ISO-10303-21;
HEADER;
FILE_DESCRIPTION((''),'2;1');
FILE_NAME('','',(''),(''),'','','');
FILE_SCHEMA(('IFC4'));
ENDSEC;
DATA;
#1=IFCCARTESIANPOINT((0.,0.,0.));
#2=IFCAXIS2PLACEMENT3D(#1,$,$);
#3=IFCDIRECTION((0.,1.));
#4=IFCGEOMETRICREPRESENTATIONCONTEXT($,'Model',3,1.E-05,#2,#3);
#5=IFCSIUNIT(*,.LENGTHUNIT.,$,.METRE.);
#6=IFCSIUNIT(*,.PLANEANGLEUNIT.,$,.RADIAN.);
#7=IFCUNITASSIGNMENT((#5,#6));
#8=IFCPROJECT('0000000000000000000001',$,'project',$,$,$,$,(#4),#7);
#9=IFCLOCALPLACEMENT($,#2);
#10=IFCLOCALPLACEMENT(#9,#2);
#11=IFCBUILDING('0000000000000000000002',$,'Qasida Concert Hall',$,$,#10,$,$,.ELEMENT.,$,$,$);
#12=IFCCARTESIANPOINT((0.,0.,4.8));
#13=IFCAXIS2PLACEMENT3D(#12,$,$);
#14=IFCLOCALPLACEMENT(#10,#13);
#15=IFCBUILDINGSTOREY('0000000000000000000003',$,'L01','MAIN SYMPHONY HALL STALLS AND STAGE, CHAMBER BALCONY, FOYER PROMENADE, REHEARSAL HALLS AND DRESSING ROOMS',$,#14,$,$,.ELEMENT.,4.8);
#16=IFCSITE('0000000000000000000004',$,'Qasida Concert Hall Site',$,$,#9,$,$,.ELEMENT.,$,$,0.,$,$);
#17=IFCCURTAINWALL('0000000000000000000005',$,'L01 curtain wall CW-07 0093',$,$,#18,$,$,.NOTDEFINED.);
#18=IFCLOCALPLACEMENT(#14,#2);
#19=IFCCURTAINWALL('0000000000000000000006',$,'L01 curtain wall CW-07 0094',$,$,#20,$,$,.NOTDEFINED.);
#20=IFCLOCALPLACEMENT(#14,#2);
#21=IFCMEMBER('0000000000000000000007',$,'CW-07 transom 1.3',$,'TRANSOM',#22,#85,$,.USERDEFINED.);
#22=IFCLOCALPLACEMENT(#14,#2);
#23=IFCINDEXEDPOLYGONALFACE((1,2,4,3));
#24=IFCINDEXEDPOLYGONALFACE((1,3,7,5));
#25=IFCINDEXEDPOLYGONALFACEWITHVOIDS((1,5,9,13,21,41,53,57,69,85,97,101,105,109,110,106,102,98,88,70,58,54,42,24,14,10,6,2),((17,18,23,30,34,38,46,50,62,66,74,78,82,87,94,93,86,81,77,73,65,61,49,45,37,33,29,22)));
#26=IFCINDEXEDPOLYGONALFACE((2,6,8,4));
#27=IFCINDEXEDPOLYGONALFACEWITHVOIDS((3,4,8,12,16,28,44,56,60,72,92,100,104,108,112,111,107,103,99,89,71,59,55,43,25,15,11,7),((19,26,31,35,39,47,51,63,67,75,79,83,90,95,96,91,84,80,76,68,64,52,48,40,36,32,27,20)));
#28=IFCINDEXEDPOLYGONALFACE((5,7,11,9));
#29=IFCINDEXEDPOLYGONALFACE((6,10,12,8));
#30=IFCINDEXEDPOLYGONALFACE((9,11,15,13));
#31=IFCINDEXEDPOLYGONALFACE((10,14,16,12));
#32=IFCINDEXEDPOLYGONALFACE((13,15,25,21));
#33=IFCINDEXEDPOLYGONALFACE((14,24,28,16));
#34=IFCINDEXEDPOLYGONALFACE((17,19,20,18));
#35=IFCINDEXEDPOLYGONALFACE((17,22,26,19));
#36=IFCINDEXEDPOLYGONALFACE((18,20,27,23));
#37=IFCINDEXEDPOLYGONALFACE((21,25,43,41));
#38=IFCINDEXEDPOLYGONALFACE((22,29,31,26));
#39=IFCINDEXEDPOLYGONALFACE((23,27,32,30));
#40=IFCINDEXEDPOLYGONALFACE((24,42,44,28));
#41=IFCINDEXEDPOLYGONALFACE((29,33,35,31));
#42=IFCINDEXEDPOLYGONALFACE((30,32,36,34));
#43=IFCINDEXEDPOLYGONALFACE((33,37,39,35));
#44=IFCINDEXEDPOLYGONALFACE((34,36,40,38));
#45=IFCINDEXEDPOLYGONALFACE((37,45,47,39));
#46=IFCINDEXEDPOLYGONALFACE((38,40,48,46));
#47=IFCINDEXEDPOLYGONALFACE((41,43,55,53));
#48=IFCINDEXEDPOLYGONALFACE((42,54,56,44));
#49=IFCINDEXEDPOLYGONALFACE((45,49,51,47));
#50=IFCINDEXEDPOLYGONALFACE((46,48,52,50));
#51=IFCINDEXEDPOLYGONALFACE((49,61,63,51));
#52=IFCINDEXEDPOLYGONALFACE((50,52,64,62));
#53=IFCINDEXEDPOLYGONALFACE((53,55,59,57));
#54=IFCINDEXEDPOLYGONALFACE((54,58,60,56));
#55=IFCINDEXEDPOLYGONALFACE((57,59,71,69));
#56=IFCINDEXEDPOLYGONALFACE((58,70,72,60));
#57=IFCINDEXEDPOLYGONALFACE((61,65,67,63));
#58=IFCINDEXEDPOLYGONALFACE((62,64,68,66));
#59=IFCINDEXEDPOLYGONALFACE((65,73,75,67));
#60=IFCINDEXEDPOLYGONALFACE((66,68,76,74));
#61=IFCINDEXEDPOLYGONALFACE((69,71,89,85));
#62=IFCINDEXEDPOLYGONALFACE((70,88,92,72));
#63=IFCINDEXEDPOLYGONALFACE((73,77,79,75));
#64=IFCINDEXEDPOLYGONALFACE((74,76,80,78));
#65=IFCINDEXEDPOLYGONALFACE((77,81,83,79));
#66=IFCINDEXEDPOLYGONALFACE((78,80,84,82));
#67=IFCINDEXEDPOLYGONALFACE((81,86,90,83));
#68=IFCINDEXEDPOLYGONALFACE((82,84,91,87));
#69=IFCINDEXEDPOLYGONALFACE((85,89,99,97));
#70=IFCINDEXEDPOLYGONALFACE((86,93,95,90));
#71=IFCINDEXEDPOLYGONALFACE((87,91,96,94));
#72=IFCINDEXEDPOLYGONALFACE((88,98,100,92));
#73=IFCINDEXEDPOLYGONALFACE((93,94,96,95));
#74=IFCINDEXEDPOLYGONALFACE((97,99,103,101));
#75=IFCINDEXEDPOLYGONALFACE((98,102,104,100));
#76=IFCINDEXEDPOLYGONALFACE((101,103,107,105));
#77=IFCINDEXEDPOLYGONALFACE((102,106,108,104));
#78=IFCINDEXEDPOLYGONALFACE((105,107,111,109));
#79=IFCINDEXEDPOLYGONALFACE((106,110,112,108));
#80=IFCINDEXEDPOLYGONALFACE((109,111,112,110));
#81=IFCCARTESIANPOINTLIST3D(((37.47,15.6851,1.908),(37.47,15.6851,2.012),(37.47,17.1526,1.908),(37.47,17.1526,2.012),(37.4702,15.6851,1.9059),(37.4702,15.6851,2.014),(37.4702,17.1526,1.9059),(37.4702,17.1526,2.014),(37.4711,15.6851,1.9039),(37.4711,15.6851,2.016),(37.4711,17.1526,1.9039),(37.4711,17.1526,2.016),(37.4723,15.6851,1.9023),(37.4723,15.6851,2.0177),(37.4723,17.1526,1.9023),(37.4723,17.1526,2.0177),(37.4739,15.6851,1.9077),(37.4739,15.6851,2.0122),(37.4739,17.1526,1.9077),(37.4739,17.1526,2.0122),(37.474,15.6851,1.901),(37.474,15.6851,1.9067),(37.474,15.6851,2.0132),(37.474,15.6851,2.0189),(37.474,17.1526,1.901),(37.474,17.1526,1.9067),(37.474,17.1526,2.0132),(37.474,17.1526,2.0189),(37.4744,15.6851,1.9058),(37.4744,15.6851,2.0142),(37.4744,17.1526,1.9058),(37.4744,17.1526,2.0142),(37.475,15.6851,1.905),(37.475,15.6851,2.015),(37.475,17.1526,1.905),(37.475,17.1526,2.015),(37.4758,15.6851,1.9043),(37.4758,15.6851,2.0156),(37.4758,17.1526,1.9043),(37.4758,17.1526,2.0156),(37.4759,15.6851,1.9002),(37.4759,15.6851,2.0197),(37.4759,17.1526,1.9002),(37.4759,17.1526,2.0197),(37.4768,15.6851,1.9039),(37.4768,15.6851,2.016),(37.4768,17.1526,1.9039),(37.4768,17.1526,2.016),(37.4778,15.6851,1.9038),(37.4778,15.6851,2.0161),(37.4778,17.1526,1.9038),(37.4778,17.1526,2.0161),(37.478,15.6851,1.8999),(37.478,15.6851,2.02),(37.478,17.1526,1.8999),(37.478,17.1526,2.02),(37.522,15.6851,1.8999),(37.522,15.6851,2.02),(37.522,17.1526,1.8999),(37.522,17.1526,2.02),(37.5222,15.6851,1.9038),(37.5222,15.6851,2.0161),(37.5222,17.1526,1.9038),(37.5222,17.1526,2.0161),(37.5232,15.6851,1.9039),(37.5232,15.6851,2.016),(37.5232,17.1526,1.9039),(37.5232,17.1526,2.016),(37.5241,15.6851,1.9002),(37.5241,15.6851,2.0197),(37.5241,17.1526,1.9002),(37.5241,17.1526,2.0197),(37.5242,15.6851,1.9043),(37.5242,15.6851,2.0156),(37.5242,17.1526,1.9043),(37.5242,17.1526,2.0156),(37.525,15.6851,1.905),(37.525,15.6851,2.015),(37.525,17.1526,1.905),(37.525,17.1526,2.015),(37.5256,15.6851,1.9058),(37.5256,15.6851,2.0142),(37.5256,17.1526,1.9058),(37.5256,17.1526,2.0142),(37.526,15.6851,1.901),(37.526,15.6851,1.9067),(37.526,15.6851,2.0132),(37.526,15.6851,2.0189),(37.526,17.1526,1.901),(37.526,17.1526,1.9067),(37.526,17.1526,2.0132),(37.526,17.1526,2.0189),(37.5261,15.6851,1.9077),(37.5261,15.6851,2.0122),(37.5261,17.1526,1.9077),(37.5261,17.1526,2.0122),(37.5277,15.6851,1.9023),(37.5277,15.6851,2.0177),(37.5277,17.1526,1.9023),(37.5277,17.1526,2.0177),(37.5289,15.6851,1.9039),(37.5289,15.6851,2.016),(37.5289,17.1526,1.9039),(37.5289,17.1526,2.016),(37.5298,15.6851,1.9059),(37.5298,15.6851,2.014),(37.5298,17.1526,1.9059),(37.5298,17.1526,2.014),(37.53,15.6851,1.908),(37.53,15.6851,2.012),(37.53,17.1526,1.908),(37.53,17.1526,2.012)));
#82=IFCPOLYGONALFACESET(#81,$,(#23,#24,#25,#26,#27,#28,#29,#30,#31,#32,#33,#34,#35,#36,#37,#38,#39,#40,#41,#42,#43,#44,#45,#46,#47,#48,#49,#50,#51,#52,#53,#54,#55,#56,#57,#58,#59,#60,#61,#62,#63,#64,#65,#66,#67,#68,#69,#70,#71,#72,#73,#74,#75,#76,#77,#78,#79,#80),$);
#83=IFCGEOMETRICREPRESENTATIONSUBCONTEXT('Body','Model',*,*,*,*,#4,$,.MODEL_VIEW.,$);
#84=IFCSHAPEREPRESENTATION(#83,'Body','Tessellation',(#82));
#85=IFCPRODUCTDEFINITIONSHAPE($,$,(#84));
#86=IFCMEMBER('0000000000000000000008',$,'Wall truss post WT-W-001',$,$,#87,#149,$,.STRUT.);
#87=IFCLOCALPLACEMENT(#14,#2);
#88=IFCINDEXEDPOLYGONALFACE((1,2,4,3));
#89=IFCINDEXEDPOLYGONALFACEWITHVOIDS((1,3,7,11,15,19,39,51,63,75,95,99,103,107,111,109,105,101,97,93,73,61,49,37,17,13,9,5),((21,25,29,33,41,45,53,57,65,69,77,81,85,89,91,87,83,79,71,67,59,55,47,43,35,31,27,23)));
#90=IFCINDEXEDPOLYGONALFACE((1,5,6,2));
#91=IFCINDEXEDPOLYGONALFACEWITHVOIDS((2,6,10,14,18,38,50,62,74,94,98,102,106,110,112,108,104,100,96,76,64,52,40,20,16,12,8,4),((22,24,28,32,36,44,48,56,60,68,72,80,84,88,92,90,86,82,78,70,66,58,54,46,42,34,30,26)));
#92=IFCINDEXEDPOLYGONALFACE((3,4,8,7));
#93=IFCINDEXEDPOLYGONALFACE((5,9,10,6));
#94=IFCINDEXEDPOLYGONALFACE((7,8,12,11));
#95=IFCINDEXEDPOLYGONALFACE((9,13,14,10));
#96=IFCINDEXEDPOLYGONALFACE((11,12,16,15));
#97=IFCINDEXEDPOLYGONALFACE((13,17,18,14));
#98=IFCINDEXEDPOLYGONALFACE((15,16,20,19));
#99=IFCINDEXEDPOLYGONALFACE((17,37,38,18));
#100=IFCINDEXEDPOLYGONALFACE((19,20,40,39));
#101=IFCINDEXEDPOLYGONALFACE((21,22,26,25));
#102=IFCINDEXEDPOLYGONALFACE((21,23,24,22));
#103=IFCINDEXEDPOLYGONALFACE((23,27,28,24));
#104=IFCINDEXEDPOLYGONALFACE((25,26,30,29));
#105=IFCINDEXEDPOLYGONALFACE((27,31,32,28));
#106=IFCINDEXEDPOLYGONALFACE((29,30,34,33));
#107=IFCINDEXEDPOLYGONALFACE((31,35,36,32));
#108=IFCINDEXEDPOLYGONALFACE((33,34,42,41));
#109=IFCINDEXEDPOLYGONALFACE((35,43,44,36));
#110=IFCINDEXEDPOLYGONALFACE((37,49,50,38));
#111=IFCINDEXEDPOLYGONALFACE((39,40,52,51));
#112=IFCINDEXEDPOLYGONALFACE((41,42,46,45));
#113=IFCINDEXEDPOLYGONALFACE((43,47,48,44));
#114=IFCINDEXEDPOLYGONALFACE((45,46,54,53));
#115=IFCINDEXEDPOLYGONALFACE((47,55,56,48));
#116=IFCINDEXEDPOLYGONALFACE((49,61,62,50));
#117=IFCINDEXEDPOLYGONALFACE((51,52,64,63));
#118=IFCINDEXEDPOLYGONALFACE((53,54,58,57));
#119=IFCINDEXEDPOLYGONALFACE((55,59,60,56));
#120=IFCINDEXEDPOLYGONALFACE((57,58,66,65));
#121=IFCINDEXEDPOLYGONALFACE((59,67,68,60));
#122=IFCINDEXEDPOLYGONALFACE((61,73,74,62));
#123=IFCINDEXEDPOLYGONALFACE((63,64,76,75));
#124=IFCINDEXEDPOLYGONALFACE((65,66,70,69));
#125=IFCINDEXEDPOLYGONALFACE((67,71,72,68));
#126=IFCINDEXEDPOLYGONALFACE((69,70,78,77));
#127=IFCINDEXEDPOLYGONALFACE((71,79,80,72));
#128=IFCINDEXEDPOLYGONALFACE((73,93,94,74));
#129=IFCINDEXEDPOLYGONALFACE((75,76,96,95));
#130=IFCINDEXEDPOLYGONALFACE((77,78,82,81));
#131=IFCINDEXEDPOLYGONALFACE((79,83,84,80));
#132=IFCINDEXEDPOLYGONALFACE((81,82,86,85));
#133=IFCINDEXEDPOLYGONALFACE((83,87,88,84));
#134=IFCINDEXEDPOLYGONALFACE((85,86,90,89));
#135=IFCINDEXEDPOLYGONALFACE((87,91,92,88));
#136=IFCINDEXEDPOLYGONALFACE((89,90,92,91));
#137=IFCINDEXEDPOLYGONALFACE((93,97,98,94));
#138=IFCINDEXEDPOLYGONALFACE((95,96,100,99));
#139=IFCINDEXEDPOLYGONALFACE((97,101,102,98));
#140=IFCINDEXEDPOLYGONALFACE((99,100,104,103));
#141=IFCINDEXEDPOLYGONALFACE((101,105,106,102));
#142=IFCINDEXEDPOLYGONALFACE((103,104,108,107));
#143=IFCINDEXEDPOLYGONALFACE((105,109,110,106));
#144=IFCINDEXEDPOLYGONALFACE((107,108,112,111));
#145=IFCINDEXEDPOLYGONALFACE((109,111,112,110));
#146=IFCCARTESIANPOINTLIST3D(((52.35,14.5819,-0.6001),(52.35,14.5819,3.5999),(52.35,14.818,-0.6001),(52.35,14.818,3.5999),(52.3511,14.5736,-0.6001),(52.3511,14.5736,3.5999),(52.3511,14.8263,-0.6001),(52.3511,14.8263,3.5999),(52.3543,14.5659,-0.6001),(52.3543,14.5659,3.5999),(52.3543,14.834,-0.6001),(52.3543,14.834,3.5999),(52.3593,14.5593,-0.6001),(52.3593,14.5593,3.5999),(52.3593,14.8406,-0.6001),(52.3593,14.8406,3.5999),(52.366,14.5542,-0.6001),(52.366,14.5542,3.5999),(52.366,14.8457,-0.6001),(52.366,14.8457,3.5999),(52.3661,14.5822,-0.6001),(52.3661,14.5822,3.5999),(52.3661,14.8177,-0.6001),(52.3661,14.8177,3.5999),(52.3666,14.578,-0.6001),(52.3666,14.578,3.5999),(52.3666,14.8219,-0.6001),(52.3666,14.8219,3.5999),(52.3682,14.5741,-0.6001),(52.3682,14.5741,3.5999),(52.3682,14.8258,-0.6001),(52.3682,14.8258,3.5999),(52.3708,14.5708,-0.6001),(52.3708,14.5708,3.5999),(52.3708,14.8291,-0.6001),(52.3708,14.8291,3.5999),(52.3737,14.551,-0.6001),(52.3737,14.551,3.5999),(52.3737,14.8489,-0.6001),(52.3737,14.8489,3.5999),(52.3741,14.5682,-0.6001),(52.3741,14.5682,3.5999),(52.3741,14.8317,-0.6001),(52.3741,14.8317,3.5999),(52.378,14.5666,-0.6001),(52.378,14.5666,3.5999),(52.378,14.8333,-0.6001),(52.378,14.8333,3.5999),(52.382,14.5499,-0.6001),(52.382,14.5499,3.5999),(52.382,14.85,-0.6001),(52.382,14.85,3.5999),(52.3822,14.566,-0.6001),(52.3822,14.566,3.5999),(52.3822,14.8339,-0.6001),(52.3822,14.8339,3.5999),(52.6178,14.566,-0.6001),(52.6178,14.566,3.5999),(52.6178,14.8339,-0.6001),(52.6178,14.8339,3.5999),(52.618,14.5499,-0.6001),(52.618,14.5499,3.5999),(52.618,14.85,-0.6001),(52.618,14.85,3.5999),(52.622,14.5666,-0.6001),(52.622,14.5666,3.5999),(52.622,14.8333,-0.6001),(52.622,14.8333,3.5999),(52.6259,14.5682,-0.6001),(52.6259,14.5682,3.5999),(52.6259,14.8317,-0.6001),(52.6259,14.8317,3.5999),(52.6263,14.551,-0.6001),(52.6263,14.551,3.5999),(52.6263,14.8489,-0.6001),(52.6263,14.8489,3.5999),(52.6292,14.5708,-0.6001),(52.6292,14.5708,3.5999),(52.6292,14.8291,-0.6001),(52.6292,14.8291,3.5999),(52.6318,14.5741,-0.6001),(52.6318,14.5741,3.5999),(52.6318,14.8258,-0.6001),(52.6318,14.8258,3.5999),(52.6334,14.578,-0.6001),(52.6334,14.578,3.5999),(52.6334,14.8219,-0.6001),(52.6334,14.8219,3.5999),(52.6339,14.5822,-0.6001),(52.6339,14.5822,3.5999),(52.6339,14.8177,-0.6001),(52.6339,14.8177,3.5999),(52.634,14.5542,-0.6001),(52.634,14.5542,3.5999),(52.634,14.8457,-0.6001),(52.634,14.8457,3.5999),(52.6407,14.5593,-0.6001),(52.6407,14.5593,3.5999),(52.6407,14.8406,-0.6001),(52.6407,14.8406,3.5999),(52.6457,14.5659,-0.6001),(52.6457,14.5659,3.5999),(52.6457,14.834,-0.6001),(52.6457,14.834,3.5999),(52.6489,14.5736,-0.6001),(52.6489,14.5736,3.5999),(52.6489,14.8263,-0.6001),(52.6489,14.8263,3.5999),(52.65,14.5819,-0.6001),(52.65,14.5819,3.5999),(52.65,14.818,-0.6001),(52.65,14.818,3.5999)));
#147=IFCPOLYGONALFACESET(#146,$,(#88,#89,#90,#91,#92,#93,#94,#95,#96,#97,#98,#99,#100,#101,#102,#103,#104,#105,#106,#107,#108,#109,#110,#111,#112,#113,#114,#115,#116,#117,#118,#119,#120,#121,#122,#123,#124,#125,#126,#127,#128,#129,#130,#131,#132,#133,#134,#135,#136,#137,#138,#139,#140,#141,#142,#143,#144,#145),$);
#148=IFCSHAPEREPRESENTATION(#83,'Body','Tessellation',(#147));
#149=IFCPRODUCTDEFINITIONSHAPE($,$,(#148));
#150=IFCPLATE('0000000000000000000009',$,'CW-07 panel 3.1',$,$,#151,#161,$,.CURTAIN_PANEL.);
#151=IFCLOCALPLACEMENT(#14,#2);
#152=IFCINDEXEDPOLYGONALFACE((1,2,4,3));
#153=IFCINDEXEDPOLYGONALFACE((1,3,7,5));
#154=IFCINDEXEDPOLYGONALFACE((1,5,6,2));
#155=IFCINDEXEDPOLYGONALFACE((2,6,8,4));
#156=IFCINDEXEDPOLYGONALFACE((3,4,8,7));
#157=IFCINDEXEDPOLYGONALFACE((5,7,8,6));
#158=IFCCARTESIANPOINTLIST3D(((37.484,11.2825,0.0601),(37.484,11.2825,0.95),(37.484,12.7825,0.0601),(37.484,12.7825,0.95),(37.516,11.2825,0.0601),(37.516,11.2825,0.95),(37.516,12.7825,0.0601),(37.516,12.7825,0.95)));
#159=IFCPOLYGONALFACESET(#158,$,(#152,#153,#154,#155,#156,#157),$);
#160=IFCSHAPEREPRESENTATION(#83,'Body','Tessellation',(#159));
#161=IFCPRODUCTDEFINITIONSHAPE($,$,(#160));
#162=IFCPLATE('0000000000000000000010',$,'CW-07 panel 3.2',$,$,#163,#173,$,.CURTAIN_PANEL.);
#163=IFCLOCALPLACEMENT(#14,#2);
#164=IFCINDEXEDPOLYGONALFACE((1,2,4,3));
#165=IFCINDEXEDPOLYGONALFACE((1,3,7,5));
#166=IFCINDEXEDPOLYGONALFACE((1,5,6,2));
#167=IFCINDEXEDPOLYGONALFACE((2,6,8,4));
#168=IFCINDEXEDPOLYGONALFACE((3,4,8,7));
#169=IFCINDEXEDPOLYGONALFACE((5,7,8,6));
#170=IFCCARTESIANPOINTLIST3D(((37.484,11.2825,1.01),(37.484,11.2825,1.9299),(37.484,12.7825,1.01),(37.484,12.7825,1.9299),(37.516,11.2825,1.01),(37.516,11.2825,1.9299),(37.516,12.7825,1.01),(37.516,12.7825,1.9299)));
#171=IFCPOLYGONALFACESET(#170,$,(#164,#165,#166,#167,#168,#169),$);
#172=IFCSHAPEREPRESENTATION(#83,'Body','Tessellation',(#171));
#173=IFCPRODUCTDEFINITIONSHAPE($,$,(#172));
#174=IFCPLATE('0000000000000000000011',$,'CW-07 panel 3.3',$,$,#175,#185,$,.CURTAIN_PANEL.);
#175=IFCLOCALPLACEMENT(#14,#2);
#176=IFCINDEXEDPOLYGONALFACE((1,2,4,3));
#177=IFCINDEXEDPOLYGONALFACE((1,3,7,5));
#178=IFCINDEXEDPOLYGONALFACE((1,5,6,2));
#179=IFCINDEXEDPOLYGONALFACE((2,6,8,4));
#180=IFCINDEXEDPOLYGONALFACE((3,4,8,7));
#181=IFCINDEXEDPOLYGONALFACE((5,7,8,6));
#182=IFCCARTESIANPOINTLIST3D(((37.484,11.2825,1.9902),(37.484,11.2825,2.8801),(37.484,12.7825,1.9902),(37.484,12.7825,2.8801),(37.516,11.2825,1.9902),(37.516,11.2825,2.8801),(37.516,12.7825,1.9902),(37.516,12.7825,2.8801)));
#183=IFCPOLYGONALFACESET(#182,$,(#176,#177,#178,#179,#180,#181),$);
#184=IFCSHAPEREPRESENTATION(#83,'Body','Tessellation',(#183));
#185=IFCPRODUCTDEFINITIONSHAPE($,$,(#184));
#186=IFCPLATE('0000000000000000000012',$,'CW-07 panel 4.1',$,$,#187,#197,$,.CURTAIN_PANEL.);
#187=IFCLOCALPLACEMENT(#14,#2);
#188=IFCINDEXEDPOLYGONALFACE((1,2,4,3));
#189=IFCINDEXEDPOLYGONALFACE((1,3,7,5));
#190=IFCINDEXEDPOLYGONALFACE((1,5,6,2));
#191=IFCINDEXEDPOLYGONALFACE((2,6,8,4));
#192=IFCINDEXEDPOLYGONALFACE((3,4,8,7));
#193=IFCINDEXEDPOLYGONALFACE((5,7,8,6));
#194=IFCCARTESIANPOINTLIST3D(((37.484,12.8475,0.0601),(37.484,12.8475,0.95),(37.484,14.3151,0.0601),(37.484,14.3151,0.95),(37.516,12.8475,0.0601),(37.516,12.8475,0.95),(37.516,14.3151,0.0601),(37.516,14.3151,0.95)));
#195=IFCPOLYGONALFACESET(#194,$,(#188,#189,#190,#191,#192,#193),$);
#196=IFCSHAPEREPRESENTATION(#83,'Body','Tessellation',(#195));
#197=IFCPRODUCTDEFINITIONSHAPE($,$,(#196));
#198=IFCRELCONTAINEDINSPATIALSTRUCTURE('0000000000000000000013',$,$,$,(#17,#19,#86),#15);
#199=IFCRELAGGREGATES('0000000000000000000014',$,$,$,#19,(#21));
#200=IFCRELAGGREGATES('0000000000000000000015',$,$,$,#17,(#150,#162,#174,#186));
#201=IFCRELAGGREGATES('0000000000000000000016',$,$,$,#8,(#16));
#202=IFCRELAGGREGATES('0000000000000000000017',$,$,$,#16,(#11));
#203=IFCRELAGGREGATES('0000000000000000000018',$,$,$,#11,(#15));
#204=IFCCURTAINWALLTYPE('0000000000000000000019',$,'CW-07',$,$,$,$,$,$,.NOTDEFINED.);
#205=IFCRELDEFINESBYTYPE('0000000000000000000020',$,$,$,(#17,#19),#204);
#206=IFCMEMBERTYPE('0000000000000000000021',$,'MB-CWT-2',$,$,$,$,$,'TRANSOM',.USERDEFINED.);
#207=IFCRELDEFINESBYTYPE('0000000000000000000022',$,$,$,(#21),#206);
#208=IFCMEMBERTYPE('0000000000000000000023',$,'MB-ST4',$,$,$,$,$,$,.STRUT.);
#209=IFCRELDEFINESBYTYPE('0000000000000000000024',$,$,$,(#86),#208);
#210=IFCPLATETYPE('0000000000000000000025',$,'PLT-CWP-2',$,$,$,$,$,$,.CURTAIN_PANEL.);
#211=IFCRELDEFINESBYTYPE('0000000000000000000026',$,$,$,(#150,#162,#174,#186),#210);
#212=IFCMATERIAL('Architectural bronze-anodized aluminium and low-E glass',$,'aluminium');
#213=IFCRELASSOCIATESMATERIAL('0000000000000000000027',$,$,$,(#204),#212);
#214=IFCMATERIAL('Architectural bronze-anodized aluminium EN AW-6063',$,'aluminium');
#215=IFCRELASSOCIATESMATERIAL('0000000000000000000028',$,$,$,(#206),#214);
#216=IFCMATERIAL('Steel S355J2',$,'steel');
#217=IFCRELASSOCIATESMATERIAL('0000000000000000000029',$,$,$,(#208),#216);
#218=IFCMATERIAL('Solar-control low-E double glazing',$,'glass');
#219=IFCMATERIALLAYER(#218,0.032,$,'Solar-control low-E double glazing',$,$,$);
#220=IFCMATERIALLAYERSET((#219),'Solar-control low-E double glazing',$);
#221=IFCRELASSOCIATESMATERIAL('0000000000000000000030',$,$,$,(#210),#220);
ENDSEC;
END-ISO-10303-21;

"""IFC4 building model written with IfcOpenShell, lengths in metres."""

from ifc_helpers import new_model, si_unit, direction, frame, origin, origin_2d, place, context, subcontext, project, spatial, rectangle, hollow_rectangle, extrude, material, layer, layer_set, material_profile, profile_set, type_object, element, aggregate, save


model = new_model("IFC4")

# Units and contexts
model_context = context("Model", 3, precision=1e-05, world=origin(), true_north=direction((0.0, 1.0)))
body_context = subcontext(model_context, "Body", "Model", "MODEL_VIEW")
ifc_project = project(units=[si_unit("LENGTHUNIT", "METRE"), si_unit("PLANEANGLEUNIT", "RADIAN")], contexts=[model_context])

# Site, building, storey
site_placement = place(None, origin())
site = spatial("IfcSite", under=ifc_project, at=site_placement, Name="Qasida Concert Hall Site", CompositionType="ELEMENT", RefElevation=0.0)
building_placement = place(site_placement, origin())
building = spatial("IfcBuilding", under=site, at=building_placement, Name="Qasida Concert Hall", CompositionType="ELEMENT")
storey_placement = place(building_placement, frame((0.0, 0.0, 4.8)))
storey = spatial("IfcBuildingStorey", under=building, at=storey_placement, Name="L01", Description="MAIN SYMPHONY HALL STALLS AND STAGE, CHAMBER BALCONY, FOYER PROMENADE, REHEARSAL HALLS AND DRESSING ROOMS", CompositionType="ELEMENT", Elevation=4.8)

# Shared definitions
ifc_material_1 = material(Name="Steel S355J2", Category="steel")

# Curtain wall
ifc_material_2 = material(Name="Architectural bronze-anodized aluminium and low-E glass", Category="aluminium")
curtain_wall_type = type_object("IfcCurtainWallType", Name="CW-07", PredefinedType="NOTDEFINED", material=ifc_material_2)
curtain_wall_1_placement = place(storey_placement, origin())
curtain_wall_1 = element("IfcCurtainWall", 1, at=curtain_wall_1_placement, inside=storey, type_object=curtain_wall_type, Name="L01 curtain wall CW-07 0093", PredefinedType="NOTDEFINED")
ifc_material_3 = material(Name="Architectural bronze-anodized aluminium EN AW-6063", Category="aluminium")

# Curtain wall
curtain_wall_2_placement = place(storey_placement, origin())
curtain_wall_2 = element("IfcCurtainWall", 2, at=curtain_wall_2_placement, inside=storey, type_object=curtain_wall_type, Name="L01 curtain wall CW-07 0094", PredefinedType="NOTDEFINED")

# Members
ifc_material_profile_1 = material_profile(ifc_material_3, hollow_rectangle(XDim=0.0601, YDim=0.1201, WallThickness=0.0039, InnerFilletRadius=0.0039, OuterFilletRadius=0.0081, at=origin_2d()), Name="CWT 120x60x4")
ifc_profile_set_1 = profile_set([ifc_material_profile_1], Name="Architectural bronze-anodized aluminium EN AW-6063")
member_type_1 = type_object("IfcMemberType", Name="MB-CWT-2", ElementType="TRANSOM", PredefinedType="USERDEFINED", material=ifc_profile_set_1)
member_1_placement = place(storey_placement, frame((37.5, 15.6851, 1.96), z_axis=(0.0, 1.0, 0.0), x_axis=(-1.0, 0.0, 0.0)))
member_1 = element("IfcMember", 3, at=member_1_placement, type_object=member_type_1, Name="CW-07 transom 1.3", ObjectType="TRANSOM", PredefinedType="USERDEFINED", context=body_context, shape_type="SweptSolid", body=[
    extrude(hollow_rectangle(XDim=0.0601, YDim=0.1201, WallThickness=0.0039, InnerFilletRadius=0.0039, OuterFilletRadius=0.0081, at=origin_2d()), origin(), (0.0, 0.0, 1.0), 1.4675),
])
aggregate(curtain_wall_2, [member_1])
ifc_material_profile_2 = material_profile(ifc_material_1, hollow_rectangle(XDim=0.3, YDim=0.3, WallThickness=0.0161, InnerFilletRadius=0.0161, OuterFilletRadius=0.032, at=origin_2d()), Name="SHS 300x300x16")
ifc_profile_set_2 = profile_set([ifc_material_profile_2], Name="Steel S355J2")
member_type_2 = type_object("IfcMemberType", Name="MB-ST4", PredefinedType="STRUT", material=ifc_profile_set_2)
member_2_placement = place(storey_placement, frame((52.5, 14.7, -0.6001), z_axis=(0.0, 0.0, 1.0), x_axis=(1.0, 0.0, 0.0)))
element("IfcMember", 4, at=member_2_placement, inside=storey, type_object=member_type_2, Name="Wall truss post WT-W-001", PredefinedType="STRUT", context=body_context, shape_type="SweptSolid", body=[
    extrude(hollow_rectangle(XDim=0.3, YDim=0.3, WallThickness=0.0161, InnerFilletRadius=0.0161, OuterFilletRadius=0.032, at=origin_2d()), origin(), (0.0, 0.0, 1.0), 4.2),
])

# Plates
ifc_material_4 = material(Name="Solar-control low-E double glazing", Category="glass")
ifc_layer_1 = layer(ifc_material_4, 0.032, Name="Solar-control low-E double glazing")
ifc_layer_set_1 = layer_set([ifc_layer_1], Name="Solar-control low-E double glazing")
plate_type_1 = type_object("IfcPlateType", Name="PLT-CWP-2", PredefinedType="CURTAIN_PANEL", material=ifc_layer_set_1)
plate_1_placement = place(storey_placement, frame((37.5, 12.0325, 0.0601), z_axis=(0.0, 0.0, 1.0), x_axis=(0.0, 1.0, 0.0)))
plate_1 = element("IfcPlate", 5, at=plate_1_placement, type_object=plate_type_1, Name="CW-07 panel 3.1", PredefinedType="CURTAIN_PANEL", context=body_context, shape_type="SweptSolid", body=[
    extrude(rectangle(XDim=1.5, YDim=0.032, at=origin_2d()), origin(), (0.0, 0.0, 1.0), 0.8899),
])
plate_2_placement = place(storey_placement, frame((37.5, 12.0325, 1.01), z_axis=(0.0, 0.0, 1.0), x_axis=(0.0, 1.0, 0.0)))
plate_2 = element("IfcPlate", 6, at=plate_2_placement, type_object=plate_type_1, Name="CW-07 panel 3.2", PredefinedType="CURTAIN_PANEL", context=body_context, shape_type="SweptSolid", body=[
    extrude(rectangle(XDim=1.5, YDim=0.032, at=origin_2d()), origin(), (0.0, 0.0, 1.0), 0.9199),
])
plate_3_placement = place(storey_placement, frame((37.5, 12.0325, 1.9902), z_axis=(0.0, 0.0, 1.0), x_axis=(0.0, 1.0, 0.0)))
plate_3 = element("IfcPlate", 7, at=plate_3_placement, type_object=plate_type_1, Name="CW-07 panel 3.3", PredefinedType="CURTAIN_PANEL", context=body_context, shape_type="SweptSolid", body=[
    extrude(rectangle(XDim=1.5, YDim=0.032, at=origin_2d()), origin(), (0.0, 0.0, 1.0), 0.8899),
])
plate_4_placement = place(storey_placement, frame((37.5, 13.5813, 0.0601), z_axis=(0.0, 0.0, 1.0), x_axis=(0.0, 1.0, 0.0)))
plate_4 = element("IfcPlate", 8, at=plate_4_placement, type_object=plate_type_1, Name="CW-07 panel 4.1", PredefinedType="CURTAIN_PANEL", context=body_context, shape_type="SweptSolid", body=[
    extrude(rectangle(XDim=1.4675, YDim=0.032, at=origin_2d()), origin(), (0.0, 0.0, 1.0), 0.8899),
])
aggregate(curtain_wall_1, [plate_1, plate_2, plate_3, plate_4])

save(model, "model.ifc")
